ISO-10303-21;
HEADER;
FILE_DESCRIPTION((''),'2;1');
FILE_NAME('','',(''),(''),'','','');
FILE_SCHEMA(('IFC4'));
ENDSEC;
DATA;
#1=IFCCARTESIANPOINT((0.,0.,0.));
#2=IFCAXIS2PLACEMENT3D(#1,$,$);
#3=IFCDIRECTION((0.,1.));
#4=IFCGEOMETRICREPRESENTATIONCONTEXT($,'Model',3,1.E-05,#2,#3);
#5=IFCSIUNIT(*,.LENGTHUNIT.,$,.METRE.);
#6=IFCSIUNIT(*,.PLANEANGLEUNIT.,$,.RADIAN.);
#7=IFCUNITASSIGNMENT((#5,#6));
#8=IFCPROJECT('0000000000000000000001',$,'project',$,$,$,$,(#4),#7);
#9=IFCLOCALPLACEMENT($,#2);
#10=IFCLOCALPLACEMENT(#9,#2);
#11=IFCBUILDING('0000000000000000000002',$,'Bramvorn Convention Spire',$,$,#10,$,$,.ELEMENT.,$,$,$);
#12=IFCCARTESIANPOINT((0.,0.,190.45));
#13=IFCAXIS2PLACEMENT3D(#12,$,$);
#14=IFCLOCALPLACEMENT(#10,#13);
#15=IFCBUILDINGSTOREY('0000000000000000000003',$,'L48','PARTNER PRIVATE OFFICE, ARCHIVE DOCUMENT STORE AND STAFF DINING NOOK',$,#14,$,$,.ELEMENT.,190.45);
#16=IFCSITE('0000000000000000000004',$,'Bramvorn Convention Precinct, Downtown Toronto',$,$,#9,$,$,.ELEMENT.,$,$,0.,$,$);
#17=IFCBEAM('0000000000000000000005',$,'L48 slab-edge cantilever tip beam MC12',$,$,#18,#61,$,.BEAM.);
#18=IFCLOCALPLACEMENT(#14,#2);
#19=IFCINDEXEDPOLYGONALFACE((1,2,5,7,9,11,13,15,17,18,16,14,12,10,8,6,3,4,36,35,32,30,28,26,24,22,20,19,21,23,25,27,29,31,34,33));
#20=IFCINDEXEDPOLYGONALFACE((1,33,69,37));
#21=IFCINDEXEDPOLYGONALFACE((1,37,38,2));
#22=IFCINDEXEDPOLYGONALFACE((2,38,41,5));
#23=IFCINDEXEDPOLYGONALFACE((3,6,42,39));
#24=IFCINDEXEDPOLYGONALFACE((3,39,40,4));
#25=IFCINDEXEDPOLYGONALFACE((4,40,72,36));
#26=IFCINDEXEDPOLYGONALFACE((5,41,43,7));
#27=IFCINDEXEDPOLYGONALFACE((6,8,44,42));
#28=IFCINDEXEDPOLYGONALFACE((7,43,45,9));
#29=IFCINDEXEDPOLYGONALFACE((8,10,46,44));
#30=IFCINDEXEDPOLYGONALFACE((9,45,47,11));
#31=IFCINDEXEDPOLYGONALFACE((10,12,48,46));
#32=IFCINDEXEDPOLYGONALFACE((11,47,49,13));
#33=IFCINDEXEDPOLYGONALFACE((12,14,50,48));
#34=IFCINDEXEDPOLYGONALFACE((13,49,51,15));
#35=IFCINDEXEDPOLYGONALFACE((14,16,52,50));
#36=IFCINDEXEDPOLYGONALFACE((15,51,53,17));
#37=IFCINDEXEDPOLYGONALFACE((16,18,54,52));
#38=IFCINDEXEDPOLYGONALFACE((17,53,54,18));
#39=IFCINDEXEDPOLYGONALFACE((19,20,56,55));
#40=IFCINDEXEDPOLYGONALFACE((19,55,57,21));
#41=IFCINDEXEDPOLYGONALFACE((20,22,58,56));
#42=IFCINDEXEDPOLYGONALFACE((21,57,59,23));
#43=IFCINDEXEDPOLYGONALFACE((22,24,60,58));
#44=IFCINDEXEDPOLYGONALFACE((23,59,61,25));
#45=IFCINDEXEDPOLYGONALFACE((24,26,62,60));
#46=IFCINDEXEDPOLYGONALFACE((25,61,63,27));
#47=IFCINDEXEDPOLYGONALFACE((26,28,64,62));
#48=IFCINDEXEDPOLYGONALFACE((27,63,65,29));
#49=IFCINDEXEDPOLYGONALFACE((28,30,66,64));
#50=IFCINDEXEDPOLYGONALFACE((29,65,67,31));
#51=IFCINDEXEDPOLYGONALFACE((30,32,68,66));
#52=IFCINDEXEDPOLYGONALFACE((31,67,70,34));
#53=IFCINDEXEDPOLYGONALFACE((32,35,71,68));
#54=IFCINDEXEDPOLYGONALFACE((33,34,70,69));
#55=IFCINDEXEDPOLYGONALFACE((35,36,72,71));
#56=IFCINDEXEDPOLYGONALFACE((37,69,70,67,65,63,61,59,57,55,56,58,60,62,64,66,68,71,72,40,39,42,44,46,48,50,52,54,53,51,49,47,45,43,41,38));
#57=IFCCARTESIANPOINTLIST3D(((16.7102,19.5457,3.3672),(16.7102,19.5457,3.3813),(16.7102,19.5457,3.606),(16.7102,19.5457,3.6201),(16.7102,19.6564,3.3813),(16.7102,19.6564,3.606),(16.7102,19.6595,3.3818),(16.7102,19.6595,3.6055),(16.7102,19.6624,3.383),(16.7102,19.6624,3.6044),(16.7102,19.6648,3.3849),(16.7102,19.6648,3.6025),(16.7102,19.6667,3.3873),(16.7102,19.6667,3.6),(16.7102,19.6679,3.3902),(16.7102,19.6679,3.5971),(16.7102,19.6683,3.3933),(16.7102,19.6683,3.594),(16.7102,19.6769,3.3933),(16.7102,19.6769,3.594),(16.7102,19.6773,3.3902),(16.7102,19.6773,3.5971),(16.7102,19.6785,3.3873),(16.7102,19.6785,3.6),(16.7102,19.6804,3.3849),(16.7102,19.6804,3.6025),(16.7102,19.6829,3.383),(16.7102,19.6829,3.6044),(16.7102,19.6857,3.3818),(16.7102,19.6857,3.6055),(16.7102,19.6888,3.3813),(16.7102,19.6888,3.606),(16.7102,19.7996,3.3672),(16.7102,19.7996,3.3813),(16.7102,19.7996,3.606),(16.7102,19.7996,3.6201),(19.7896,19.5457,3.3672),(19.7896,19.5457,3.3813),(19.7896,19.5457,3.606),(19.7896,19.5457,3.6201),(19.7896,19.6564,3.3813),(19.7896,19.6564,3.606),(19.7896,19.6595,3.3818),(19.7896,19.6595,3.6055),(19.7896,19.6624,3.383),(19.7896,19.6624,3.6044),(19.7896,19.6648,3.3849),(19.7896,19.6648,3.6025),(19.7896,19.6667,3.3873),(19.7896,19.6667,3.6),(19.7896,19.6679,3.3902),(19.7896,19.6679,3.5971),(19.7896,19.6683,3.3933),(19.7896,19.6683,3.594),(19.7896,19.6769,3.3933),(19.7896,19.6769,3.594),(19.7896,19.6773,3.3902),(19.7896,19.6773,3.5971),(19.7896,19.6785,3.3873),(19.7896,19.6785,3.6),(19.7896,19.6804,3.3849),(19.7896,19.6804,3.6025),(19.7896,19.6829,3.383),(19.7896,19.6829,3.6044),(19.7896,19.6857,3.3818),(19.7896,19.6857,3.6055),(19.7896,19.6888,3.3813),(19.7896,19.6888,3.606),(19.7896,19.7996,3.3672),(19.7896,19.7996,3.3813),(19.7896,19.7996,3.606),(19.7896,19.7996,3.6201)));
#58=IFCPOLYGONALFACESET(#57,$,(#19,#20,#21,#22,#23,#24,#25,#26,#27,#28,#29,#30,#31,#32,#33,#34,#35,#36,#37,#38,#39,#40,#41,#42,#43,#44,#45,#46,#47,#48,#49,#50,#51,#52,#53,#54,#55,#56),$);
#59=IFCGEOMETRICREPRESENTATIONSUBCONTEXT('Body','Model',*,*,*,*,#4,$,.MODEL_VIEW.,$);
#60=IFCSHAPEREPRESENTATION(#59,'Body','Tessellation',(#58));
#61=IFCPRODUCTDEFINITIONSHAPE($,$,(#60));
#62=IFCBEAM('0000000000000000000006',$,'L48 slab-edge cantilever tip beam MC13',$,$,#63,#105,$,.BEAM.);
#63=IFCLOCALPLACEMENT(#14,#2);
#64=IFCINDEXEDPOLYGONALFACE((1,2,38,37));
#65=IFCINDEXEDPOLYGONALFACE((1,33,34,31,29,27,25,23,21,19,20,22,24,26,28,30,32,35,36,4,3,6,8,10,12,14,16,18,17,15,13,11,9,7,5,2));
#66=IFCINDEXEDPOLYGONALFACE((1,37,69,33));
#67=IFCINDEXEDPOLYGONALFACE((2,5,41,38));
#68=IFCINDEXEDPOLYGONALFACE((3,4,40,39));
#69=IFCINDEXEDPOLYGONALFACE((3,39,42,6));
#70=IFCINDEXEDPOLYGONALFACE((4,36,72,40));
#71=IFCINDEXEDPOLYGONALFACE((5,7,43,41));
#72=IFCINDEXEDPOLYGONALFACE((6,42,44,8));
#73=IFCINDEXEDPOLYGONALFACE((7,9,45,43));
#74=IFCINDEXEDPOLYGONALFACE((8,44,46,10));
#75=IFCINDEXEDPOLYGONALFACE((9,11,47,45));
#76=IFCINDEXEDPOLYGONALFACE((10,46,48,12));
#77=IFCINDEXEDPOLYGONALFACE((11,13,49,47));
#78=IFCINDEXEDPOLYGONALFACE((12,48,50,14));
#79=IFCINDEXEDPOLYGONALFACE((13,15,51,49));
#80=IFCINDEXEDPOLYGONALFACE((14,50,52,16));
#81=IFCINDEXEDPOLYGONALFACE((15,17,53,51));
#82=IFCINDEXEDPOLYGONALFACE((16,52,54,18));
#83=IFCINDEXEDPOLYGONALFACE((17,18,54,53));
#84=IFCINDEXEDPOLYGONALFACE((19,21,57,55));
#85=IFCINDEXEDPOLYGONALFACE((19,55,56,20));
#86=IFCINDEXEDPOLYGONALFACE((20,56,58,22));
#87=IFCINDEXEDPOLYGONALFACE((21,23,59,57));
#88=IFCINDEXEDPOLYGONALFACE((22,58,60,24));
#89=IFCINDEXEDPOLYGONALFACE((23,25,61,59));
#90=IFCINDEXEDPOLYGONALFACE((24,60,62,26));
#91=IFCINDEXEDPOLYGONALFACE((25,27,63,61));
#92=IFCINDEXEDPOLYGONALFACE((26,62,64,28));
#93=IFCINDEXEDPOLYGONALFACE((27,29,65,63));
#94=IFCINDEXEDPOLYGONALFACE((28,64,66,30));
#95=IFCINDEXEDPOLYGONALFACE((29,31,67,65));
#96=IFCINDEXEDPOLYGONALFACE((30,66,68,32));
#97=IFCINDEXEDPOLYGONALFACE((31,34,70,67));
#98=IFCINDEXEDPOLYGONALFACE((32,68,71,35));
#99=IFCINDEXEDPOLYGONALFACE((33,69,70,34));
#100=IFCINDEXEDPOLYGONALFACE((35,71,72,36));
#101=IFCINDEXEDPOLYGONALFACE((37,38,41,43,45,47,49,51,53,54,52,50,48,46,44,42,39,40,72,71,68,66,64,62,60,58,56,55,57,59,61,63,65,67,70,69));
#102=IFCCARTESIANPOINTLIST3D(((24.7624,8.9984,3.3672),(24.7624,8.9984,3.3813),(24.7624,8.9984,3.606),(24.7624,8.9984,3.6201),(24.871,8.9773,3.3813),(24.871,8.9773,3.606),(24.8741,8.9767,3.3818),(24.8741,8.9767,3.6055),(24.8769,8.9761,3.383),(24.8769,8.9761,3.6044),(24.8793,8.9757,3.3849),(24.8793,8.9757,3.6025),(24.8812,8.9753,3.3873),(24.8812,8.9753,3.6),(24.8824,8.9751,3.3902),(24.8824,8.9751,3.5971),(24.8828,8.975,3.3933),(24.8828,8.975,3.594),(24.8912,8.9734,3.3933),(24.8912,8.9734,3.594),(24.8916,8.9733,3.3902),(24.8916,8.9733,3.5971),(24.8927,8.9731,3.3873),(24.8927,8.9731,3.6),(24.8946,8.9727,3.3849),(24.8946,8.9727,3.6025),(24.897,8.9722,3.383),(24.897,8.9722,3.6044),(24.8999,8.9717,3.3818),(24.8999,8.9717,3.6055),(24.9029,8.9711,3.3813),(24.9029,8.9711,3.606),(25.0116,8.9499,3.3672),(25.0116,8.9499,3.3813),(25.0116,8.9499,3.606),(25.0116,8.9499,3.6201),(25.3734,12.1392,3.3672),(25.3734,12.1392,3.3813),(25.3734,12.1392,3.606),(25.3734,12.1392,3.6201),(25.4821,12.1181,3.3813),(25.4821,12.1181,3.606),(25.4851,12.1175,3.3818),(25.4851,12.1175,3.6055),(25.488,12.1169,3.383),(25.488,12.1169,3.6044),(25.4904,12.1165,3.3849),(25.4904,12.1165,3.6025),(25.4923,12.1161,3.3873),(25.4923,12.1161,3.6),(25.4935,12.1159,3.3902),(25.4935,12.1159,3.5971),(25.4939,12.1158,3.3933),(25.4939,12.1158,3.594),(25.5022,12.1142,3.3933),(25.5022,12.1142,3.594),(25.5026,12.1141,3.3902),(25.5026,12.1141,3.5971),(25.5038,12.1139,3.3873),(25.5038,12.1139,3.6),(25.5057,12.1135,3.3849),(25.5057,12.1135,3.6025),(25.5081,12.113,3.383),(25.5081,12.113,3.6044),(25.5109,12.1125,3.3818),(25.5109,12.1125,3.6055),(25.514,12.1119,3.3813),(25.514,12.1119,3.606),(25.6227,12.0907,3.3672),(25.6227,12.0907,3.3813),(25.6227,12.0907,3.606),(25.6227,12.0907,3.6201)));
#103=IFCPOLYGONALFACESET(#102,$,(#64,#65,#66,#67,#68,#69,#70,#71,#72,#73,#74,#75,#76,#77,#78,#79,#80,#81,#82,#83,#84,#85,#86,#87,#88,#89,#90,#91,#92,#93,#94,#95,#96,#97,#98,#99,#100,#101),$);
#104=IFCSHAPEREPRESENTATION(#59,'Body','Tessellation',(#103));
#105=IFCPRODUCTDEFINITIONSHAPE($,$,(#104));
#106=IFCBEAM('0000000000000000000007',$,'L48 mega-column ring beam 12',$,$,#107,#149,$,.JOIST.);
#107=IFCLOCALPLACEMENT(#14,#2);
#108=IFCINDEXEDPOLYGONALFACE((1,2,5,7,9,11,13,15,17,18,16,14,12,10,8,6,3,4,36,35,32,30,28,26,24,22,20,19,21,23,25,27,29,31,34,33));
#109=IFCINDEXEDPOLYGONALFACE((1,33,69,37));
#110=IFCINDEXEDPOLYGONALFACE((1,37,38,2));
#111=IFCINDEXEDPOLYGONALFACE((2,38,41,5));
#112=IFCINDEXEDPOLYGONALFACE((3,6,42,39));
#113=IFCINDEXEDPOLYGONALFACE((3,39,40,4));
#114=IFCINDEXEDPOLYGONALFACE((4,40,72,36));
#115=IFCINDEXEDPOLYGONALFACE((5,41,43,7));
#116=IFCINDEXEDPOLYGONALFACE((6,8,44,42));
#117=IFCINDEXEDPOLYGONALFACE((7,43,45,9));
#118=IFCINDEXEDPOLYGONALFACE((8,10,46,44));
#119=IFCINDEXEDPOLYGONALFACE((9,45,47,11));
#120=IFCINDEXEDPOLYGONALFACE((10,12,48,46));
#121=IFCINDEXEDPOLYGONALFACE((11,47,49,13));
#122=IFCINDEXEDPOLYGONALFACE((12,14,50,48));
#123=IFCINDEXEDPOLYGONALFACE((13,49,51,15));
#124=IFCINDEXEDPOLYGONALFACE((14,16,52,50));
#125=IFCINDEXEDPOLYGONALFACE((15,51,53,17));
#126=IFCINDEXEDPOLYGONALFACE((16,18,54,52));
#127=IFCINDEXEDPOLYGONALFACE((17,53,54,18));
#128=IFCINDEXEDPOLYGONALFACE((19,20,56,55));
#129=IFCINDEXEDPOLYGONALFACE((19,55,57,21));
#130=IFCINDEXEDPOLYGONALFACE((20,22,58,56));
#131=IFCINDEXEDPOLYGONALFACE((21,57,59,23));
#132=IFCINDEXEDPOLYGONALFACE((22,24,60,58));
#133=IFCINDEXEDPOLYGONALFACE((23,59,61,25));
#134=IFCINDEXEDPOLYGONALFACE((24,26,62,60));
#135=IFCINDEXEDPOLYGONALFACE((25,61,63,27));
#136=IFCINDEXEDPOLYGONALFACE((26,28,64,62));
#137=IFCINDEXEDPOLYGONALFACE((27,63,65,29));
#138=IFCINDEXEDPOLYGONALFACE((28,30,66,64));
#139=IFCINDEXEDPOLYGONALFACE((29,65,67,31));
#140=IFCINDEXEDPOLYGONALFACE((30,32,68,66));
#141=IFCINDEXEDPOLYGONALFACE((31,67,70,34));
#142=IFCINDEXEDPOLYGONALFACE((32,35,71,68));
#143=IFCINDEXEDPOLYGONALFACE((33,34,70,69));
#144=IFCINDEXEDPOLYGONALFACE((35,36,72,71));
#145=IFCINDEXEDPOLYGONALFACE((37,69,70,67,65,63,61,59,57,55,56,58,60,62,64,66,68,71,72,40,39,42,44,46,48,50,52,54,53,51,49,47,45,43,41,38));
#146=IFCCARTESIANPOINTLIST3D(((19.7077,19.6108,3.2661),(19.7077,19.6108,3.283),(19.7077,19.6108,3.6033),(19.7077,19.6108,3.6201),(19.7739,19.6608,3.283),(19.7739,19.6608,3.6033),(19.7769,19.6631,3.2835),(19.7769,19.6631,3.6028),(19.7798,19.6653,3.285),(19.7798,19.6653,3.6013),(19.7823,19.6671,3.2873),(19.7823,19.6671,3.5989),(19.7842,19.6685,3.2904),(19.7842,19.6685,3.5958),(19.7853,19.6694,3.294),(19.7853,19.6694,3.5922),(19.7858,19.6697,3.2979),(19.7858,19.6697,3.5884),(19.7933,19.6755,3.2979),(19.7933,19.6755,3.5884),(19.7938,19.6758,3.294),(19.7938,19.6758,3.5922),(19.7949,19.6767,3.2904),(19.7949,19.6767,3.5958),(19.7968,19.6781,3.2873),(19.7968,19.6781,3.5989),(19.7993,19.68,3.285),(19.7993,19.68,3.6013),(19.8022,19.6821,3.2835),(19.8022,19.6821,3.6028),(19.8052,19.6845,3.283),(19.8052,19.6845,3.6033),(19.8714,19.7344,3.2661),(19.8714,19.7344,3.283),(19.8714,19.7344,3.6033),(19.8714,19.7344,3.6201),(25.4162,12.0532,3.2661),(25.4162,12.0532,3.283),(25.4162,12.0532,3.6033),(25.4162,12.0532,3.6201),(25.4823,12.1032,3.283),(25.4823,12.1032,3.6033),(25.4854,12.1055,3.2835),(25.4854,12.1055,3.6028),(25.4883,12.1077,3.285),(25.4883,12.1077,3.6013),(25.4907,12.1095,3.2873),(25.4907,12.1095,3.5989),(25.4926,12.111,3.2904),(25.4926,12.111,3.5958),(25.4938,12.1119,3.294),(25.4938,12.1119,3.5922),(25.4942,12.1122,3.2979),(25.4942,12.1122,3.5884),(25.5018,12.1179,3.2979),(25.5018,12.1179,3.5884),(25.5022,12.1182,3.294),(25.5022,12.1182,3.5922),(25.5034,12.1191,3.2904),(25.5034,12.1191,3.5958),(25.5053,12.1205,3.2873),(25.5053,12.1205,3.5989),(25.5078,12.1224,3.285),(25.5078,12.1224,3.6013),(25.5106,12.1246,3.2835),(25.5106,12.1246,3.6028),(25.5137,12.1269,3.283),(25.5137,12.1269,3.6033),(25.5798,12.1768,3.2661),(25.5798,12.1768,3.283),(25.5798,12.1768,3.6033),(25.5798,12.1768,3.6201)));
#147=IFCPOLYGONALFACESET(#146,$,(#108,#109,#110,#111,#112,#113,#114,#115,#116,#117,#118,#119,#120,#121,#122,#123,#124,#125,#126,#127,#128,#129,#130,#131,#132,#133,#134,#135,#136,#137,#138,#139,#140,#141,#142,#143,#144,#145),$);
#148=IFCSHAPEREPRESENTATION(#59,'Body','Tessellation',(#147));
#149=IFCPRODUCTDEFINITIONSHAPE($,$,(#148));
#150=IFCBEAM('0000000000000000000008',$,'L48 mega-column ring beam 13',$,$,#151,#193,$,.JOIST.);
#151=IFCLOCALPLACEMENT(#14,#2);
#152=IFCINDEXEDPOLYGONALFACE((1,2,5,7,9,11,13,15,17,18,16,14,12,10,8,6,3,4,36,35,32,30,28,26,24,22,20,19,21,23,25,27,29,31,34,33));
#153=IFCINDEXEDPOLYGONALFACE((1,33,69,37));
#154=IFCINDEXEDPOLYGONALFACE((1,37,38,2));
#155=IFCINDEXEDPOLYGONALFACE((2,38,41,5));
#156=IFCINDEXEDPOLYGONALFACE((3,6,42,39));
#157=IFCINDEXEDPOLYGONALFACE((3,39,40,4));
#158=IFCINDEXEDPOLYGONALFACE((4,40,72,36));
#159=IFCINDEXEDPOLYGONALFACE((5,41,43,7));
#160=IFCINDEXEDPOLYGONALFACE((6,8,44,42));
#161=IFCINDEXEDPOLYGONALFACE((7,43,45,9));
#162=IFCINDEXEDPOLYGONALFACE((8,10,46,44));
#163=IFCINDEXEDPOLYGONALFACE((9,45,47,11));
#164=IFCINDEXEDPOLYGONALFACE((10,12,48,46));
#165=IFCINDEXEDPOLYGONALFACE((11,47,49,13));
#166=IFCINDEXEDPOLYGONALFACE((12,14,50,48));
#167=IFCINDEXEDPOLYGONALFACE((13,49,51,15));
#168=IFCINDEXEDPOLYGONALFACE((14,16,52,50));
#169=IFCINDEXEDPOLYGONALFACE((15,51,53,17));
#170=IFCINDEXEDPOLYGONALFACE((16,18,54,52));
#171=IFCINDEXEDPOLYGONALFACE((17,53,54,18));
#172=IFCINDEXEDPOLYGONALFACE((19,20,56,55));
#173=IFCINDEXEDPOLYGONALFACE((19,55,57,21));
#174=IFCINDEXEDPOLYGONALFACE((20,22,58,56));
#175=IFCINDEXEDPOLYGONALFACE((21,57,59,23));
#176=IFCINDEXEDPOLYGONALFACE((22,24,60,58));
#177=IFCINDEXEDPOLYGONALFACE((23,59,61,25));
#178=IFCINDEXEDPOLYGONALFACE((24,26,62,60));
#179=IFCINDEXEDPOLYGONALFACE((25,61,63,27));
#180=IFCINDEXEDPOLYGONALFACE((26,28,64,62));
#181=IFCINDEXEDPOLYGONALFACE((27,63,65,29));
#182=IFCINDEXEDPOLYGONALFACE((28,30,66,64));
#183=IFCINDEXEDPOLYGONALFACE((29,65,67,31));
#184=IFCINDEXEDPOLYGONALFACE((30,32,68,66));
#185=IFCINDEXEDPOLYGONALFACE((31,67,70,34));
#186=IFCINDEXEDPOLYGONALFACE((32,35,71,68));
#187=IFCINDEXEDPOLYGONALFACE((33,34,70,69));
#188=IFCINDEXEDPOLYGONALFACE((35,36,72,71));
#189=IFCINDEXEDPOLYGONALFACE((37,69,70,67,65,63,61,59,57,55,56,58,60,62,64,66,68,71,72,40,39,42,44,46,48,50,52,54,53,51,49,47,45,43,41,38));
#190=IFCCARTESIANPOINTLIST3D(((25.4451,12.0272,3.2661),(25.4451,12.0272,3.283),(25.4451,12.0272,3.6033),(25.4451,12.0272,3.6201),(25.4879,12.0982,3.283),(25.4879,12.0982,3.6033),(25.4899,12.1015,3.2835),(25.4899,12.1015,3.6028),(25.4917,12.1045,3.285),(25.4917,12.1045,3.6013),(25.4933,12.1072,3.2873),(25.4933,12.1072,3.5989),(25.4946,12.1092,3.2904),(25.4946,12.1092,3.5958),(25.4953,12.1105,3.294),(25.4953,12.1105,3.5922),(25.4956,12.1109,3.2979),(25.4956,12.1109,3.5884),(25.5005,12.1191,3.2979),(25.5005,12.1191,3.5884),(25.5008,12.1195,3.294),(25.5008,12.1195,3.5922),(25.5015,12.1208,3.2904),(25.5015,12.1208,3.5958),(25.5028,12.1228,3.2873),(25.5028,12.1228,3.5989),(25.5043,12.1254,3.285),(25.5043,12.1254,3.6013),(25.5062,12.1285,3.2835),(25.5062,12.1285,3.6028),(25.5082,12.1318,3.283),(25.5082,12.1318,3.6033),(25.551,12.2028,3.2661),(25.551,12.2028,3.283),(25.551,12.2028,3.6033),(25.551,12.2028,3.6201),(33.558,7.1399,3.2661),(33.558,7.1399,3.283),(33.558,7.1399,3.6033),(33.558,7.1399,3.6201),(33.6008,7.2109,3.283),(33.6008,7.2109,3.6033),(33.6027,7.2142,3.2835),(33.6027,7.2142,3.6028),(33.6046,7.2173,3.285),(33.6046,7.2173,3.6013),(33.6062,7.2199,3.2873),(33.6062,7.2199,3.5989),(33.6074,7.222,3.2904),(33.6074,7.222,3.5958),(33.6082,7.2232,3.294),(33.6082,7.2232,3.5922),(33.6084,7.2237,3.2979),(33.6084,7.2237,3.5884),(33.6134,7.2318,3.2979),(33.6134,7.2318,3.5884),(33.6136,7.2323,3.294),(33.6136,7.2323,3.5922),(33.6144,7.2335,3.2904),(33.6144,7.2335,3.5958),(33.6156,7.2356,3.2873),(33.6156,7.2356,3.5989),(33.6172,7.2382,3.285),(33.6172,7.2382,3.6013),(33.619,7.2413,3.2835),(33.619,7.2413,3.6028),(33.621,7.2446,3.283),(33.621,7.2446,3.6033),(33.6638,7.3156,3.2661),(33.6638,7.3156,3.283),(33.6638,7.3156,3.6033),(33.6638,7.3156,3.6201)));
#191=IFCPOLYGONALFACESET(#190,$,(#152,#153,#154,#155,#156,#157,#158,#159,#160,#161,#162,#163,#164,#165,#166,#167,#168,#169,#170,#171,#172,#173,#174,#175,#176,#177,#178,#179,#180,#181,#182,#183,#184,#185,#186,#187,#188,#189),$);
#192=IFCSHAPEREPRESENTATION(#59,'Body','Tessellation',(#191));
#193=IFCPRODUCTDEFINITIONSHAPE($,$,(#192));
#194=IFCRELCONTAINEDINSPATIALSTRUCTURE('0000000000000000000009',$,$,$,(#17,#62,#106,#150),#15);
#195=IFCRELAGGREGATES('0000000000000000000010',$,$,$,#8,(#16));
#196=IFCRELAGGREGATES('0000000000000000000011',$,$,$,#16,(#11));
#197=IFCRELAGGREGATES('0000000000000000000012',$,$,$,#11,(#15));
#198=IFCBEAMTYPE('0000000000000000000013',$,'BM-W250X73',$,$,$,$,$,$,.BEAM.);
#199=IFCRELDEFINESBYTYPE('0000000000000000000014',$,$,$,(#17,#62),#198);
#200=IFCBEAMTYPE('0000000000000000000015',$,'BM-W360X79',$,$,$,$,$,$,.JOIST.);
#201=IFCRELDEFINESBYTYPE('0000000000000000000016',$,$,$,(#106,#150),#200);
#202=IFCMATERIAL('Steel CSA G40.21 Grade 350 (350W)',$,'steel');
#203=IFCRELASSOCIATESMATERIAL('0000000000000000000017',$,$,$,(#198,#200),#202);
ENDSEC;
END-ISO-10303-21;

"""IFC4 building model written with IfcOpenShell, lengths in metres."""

from ifc_helpers import new_model, si_unit, direction, frame, origin, origin_2d, place, context, subcontext, project, spatial, i_section, extrude, material, material_profile, profile_set, type_object, element, save


model = new_model("IFC4")

# Units and contexts
model_context = context("Model", 3, precision=1e-05, world=origin(), true_north=direction((0.0, 1.0)))
body_context = subcontext(model_context, "Body", "Model", "MODEL_VIEW")
ifc_project = project(units=[si_unit("LENGTHUNIT", "METRE"), si_unit("PLANEANGLEUNIT", "RADIAN")], contexts=[model_context])

# Site, building, storey
site_placement = place(None, origin())
site = spatial("IfcSite", under=ifc_project, at=site_placement, Name="Bramvorn Convention Precinct, Downtown Toronto", CompositionType="ELEMENT", RefElevation=0.0)
building_placement = place(site_placement, origin())
building = spatial("IfcBuilding", under=site, at=building_placement, Name="Bramvorn Convention Spire", CompositionType="ELEMENT")
storey_placement = place(building_placement, frame((0.0, 0.0, 190.45)))
storey = spatial("IfcBuildingStorey", under=building, at=storey_placement, Name="L48", Description="PARTNER PRIVATE OFFICE, ARCHIVE DOCUMENT STORE AND STAFF DINING NOOK", CompositionType="ELEMENT", Elevation=190.45)

# Shared definitions
ifc_material_1 = material(Name="Steel CSA G40.21 Grade 350 (350W)", Category="steel")

# Beams
ifc_material_profile_1 = material_profile(ifc_material_1, i_section(OverallWidth=0.2539, OverallDepth=0.2529, WebThickness=0.0085, FlangeThickness=0.0142, FilletRadius=0.012, at=origin_2d()))
ifc_profile_set_1 = profile_set([ifc_material_profile_1], Name="Steel CSA G40.21 Grade 350 (350W) - W250X73")
beam_type_1 = type_object("IfcBeamType", Name="BM-W250X73", PredefinedType="BEAM", material=ifc_profile_set_1)
beam_1_placement = place(storey_placement, frame((19.7896, 19.6726, 3.4937), z_axis=(-1.0, 0.0, 0.0), x_axis=(0.0, -1.0, 0.0)))
element("IfcBeam", 1, at=beam_1_placement, inside=storey, type_object=beam_type_1, Name="L48 slab-edge cantilever tip beam MC12", PredefinedType="BEAM", context=body_context, shape_type="SweptSolid", body=[
    extrude(i_section(OverallWidth=0.2539, OverallDepth=0.2529, WebThickness=0.0085, FlangeThickness=0.0142, FilletRadius=0.012, at=origin_2d()), origin(), (0.0, 0.0, 1.0), 3.0793),
])
beam_2_placement = place(storey_placement, frame((25.498, 12.115, 3.4937), z_axis=(-0.190978, -0.981594, 0.0), x_axis=(0.981594, -0.190978, 0.0)))
element("IfcBeam", 2, at=beam_2_placement, inside=storey, type_object=beam_type_1, Name="L48 slab-edge cantilever tip beam MC13", PredefinedType="BEAM", context=body_context, shape_type="SweptSolid", body=[
    extrude(i_section(OverallWidth=0.2539, OverallDepth=0.2529, WebThickness=0.0085, FlangeThickness=0.0142, FilletRadius=0.012, at=origin_2d()), origin(), (0.0, 0.0, 1.0), 3.1997),
])
ifc_material_profile_2 = material_profile(ifc_material_1, i_section(OverallWidth=0.2051, OverallDepth=0.354, WebThickness=0.0095, FlangeThickness=0.0168, FilletRadius=0.0149, at=origin_2d()))
ifc_profile_set_2 = profile_set([ifc_material_profile_2], Name="Steel CSA G40.21 Grade 350 (350W) - W360X79")
beam_type_2 = type_object("IfcBeamType", Name="BM-W360X79", PredefinedType="JOIST", material=ifc_profile_set_2)
for number, where, z_axis, x_axis, name in (
    (3, (19.7896, 19.6726, 3.4431), (0.602719, -0.797954, 0.0), (0.797954, 0.602719, 0.0), "L48 mega-column ring beam 12"),
    (4, (25.498, 12.115, 3.4431), (0.856582, -0.516011, 0.0), (0.516011, 0.856582, 0.0), "L48 mega-column ring beam 13"),
):
    element("IfcBeam", number, at=place(storey_placement, frame(where, z_axis=z_axis, x_axis=x_axis)), inside=storey, type_object=beam_type_2, Name=name, PredefinedType="JOIST", context=body_context, shape_type="SweptSolid", body=[
        extrude(i_section(OverallWidth=0.2051, OverallDepth=0.354, WebThickness=0.0095, FlangeThickness=0.0168, FilletRadius=0.0149, at=origin_2d()), origin(), (0.0, 0.0, 1.0), 9.4712),
    ])

save(model, "model.ifc")
